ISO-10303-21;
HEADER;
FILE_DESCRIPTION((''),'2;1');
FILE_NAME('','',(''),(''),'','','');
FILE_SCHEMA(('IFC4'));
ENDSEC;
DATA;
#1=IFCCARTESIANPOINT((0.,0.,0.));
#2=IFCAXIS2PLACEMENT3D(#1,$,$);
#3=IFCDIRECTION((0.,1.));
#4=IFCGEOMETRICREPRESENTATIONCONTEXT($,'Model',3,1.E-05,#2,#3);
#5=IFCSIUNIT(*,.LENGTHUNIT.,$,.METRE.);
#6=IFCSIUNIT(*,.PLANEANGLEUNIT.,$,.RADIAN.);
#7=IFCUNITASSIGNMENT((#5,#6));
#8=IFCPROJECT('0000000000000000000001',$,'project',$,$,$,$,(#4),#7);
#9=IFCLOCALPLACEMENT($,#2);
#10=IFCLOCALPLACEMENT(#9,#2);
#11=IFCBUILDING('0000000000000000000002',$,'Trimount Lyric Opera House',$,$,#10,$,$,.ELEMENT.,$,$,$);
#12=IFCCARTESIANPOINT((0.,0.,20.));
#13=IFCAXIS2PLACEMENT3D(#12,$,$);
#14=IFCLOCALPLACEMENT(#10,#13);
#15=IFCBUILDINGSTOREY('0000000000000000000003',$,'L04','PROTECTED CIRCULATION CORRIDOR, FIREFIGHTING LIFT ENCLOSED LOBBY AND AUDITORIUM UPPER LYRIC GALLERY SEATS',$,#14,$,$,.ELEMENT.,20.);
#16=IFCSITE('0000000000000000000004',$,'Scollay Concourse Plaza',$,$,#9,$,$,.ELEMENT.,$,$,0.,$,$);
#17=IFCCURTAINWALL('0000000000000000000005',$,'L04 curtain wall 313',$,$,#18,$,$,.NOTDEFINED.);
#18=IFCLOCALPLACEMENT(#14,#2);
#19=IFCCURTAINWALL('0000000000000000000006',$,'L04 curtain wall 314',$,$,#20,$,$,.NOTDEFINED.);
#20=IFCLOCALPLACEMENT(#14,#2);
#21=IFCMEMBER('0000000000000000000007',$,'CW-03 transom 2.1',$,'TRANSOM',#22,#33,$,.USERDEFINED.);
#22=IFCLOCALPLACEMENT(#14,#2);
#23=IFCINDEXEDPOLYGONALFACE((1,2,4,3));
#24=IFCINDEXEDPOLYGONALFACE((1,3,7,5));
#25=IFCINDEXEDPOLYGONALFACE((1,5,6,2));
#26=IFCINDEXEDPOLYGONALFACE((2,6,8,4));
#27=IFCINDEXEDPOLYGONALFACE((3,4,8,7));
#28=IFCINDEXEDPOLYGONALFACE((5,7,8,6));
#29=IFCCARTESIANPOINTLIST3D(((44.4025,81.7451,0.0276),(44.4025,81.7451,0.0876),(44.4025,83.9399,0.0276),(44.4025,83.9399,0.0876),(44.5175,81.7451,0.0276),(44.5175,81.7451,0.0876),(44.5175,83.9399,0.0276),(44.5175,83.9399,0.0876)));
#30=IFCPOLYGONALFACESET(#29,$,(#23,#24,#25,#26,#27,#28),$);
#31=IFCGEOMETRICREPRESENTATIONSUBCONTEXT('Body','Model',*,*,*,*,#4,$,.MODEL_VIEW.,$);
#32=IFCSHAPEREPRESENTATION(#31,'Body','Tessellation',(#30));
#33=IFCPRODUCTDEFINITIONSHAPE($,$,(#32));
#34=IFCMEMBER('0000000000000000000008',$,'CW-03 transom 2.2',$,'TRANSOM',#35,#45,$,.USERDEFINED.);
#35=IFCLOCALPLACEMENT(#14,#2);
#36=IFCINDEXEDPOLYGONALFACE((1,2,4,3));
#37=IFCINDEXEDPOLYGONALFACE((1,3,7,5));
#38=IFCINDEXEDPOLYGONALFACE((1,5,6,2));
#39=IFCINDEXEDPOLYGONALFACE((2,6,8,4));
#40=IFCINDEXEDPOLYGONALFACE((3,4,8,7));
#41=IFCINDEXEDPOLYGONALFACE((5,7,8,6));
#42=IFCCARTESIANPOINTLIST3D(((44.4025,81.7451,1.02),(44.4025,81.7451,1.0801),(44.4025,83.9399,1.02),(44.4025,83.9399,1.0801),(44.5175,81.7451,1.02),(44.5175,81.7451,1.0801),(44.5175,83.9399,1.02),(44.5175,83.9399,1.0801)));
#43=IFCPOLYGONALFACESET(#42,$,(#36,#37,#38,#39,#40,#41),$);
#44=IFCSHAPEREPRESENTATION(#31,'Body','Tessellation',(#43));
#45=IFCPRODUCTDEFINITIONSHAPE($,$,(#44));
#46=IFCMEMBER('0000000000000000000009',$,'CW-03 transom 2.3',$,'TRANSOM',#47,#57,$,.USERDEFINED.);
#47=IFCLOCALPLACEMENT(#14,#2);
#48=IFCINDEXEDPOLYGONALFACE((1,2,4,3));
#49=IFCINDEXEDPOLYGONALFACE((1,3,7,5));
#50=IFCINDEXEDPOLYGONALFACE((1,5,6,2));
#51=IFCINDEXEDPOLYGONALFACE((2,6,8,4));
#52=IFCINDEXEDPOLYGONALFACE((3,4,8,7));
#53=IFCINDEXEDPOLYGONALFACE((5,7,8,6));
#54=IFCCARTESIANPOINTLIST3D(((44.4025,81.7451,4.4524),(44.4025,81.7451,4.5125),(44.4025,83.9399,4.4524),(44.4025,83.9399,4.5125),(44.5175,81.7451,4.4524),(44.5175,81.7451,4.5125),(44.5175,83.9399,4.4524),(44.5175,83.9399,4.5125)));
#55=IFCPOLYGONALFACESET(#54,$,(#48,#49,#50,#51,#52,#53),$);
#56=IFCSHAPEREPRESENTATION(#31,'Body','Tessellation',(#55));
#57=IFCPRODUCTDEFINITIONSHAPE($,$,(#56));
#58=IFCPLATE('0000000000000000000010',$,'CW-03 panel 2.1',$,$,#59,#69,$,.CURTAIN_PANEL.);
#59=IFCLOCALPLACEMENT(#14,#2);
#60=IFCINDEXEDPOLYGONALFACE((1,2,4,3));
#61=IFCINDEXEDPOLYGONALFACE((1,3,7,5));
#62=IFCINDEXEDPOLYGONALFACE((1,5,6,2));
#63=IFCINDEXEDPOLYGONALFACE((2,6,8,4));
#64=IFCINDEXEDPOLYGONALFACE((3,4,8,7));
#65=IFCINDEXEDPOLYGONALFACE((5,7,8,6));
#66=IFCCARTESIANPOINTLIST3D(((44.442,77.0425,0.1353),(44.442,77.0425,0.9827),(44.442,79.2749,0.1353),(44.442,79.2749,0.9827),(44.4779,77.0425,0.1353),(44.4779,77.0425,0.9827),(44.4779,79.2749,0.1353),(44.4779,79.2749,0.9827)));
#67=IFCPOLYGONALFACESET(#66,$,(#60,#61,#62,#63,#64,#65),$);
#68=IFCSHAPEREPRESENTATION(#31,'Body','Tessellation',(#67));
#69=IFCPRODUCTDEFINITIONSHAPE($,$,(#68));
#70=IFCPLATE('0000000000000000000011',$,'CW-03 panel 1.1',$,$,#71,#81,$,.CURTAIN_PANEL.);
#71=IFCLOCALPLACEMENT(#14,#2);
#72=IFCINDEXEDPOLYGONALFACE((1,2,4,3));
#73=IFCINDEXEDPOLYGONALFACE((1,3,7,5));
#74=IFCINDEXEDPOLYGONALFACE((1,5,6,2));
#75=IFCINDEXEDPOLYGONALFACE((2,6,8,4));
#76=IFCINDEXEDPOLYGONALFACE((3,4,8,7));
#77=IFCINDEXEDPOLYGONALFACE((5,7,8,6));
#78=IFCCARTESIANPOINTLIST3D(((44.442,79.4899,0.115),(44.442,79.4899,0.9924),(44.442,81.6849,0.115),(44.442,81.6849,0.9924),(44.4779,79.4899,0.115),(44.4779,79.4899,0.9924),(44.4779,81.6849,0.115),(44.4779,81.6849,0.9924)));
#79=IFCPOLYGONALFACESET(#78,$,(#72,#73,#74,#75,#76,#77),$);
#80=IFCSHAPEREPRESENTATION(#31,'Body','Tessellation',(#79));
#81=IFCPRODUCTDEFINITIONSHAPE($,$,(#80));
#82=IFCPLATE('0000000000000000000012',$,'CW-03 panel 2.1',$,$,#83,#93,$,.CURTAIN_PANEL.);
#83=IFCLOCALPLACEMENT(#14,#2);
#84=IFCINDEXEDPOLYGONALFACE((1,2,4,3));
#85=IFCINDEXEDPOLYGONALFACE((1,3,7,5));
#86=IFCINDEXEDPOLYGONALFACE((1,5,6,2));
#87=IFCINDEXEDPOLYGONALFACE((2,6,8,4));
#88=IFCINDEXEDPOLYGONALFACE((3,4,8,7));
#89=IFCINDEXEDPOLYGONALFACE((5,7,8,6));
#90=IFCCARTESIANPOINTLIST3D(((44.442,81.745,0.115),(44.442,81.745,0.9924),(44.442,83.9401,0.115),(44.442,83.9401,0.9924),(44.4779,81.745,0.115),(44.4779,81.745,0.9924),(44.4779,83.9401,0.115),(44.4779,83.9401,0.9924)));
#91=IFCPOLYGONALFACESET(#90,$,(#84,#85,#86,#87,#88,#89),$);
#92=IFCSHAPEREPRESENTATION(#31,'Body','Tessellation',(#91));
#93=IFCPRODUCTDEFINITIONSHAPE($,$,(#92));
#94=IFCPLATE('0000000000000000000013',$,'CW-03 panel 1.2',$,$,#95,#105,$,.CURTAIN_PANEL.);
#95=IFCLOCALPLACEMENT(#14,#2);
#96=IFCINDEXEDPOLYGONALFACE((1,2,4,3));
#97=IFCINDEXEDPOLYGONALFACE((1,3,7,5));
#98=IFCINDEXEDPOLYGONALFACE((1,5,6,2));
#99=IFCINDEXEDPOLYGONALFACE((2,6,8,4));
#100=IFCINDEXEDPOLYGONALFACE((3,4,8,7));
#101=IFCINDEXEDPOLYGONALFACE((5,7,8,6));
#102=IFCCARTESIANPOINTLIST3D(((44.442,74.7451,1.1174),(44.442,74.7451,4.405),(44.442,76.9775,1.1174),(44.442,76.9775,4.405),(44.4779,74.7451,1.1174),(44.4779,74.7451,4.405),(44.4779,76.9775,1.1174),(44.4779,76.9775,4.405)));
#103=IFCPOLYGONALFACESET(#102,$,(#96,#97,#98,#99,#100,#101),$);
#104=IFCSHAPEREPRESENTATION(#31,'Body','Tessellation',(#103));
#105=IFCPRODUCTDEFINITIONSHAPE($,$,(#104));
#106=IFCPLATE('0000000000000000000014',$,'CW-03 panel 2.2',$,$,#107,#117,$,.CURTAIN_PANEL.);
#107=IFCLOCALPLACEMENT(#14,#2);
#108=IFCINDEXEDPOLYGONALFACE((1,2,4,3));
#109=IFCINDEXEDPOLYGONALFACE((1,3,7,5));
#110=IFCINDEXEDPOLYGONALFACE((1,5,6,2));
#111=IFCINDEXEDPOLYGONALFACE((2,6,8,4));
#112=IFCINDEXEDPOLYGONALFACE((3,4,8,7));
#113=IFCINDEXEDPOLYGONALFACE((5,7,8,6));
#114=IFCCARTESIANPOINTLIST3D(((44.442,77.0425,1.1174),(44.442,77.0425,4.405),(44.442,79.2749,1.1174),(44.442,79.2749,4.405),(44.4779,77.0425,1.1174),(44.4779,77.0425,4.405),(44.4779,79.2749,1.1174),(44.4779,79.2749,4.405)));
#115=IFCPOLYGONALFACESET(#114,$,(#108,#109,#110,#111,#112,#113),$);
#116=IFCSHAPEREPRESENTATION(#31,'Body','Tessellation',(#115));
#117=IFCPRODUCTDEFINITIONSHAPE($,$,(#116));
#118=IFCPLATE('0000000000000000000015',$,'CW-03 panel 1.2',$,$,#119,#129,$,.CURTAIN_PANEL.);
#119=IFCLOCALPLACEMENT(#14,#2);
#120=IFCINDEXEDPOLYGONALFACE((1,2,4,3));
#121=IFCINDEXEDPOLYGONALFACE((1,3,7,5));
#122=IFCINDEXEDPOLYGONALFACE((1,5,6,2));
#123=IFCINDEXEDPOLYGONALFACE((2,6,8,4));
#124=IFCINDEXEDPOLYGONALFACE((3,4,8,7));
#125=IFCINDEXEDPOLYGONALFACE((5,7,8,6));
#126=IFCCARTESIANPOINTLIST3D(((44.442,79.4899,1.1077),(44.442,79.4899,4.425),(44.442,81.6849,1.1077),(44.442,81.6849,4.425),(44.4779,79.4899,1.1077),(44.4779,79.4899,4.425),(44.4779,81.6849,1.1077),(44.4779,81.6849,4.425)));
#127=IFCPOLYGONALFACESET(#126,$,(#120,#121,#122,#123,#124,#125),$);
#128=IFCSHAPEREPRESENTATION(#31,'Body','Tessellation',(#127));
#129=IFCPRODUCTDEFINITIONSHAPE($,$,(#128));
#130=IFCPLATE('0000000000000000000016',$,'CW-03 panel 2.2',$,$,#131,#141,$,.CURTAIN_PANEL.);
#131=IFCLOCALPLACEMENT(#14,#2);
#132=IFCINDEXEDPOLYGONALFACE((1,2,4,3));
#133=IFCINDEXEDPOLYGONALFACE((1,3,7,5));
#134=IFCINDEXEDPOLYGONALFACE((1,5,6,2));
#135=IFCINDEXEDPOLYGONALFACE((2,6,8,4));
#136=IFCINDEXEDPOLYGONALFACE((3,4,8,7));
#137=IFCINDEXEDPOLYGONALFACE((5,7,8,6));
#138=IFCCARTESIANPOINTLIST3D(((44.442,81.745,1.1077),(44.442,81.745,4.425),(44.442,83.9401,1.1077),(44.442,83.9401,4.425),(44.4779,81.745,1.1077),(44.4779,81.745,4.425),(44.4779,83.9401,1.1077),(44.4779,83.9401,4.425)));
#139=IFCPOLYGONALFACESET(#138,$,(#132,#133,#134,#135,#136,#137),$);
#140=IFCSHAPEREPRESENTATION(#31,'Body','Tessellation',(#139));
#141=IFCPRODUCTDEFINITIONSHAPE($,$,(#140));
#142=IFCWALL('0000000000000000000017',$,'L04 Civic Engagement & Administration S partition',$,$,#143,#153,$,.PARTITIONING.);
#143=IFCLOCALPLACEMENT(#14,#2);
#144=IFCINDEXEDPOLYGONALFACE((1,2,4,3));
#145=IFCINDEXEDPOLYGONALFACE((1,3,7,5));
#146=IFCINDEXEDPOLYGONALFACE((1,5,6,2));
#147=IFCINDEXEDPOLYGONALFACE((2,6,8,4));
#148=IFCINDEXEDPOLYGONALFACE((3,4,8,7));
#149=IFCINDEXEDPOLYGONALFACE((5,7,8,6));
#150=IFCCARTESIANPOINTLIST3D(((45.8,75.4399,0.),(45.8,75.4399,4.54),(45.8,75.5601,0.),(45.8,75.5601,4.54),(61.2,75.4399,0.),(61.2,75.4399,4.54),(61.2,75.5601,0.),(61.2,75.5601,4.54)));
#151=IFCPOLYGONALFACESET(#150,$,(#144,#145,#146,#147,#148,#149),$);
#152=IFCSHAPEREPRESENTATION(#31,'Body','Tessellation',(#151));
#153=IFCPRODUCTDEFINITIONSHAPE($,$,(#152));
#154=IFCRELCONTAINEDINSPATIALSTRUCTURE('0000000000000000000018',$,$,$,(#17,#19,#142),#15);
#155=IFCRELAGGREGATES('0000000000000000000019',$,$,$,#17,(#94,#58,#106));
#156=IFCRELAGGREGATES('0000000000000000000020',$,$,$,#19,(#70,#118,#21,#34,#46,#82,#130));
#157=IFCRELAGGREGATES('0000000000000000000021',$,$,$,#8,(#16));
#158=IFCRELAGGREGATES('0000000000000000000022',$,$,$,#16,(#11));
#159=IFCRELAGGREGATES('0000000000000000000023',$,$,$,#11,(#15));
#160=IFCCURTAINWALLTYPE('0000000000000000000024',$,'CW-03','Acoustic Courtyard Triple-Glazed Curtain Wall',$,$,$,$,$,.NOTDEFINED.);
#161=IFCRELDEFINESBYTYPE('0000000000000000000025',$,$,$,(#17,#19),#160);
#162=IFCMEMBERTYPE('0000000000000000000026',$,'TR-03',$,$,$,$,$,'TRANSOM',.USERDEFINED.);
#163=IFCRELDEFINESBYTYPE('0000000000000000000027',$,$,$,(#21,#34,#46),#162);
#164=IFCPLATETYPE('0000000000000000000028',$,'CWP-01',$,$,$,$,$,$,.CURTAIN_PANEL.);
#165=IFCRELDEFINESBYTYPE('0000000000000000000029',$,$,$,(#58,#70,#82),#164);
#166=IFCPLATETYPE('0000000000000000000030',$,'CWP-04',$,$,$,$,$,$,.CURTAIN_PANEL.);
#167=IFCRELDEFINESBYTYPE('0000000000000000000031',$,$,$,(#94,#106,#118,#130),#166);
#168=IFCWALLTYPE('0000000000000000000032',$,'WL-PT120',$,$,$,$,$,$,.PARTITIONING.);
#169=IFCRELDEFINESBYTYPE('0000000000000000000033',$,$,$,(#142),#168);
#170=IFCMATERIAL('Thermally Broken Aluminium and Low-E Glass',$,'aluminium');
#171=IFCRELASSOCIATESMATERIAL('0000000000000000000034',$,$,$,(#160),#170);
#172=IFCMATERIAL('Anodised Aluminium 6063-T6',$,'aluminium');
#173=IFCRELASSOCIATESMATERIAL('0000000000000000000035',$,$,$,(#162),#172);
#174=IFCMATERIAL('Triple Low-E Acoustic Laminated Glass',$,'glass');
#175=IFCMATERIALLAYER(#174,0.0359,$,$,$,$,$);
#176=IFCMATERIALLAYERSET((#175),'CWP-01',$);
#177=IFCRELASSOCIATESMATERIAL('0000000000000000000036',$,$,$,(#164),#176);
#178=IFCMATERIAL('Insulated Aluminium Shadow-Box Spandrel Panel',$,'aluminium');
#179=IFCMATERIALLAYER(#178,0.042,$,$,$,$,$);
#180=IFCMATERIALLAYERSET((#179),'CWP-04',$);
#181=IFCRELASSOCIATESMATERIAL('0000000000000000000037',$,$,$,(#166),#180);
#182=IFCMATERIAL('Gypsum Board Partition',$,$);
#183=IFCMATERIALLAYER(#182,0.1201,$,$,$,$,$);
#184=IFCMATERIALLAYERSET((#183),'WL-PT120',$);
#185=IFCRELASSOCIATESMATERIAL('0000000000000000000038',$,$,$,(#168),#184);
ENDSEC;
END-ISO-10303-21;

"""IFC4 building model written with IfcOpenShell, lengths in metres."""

from ifc_helpers import new_model, si_unit, direction, frame, frame_2d, origin, origin_2d, place, context, subcontext, project, spatial, rectangle, extrude, material, layer, layer_set, material_profile, profile_set, type_object, element, aggregate, save


model = new_model("IFC4")

# Units and contexts
model_context = context("Model", 3, precision=1e-05, world=origin(), true_north=direction((0.0, 1.0)))
body_context = subcontext(model_context, "Body", "Model", "MODEL_VIEW")
ifc_project = project(units=[si_unit("LENGTHUNIT", "METRE"), si_unit("PLANEANGLEUNIT", "RADIAN")], contexts=[model_context])

# Site, building, storey
site_placement = place(None, origin())
site = spatial("IfcSite", under=ifc_project, at=site_placement, Name="Scollay Concourse Plaza", CompositionType="ELEMENT", RefElevation=0.0)
building_placement = place(site_placement, origin())
building = spatial("IfcBuilding", under=site, at=building_placement, Name="Trimount Lyric Opera House", CompositionType="ELEMENT")
storey_placement = place(building_placement, frame((0.0, 0.0, 20.0)))
storey = spatial("IfcBuildingStorey", under=building, at=storey_placement, Name="L04", Description="PROTECTED CIRCULATION CORRIDOR, FIREFIGHTING LIFT ENCLOSED LOBBY AND AUDITORIUM UPPER LYRIC GALLERY SEATS", CompositionType="ELEMENT", Elevation=20.0)

# Shared definitions
ifc_material_1 = material(Name="Thermally Broken Aluminium and Low-E Glass", Category="aluminium")
curtain_wall_type = type_object("IfcCurtainWallType", Name="CW-03", Description="Acoustic Courtyard Triple-Glazed Curtain Wall", PredefinedType="NOTDEFINED", material=ifc_material_1)

# Curtain walls
curtain_wall_1_placement = place(storey_placement, origin())
curtain_wall_1 = element("IfcCurtainWall", 1, at=curtain_wall_1_placement, inside=storey, type_object=curtain_wall_type, Name="L04 curtain wall 313", PredefinedType="NOTDEFINED")
curtain_wall_2_placement = place(storey_placement, origin())
curtain_wall_2 = element("IfcCurtainWall", 2, at=curtain_wall_2_placement, inside=storey, type_object=curtain_wall_type, Name="L04 curtain wall 314", PredefinedType="NOTDEFINED")

# Members
ifc_material_2 = material(Name="Anodised Aluminium 6063-T6", Category="aluminium")
ifc_material_profile_1 = material_profile(ifc_material_2, rectangle(XDim=0.115, YDim=0.0601, at=origin_2d()), Name="ALU-TRAN-60X115")
ifc_profile_set_1 = profile_set([ifc_material_profile_1], Name="Anodised Aluminium 6063-T6")
member_type_1 = type_object("IfcMemberType", Name="TR-03", ElementType="TRANSOM", PredefinedType="USERDEFINED", material=ifc_profile_set_1)
member_1_placement = place(storey_placement, frame((44.46, 81.7451, 0.0576), z_axis=(0.0, 1.0, 0.0), x_axis=(-1.0, 0.0, 0.0)))
member_1 = element("IfcMember", 3, at=member_1_placement, type_object=member_type_1, Name="CW-03 transom 2.1", ObjectType="TRANSOM", PredefinedType="USERDEFINED", context=body_context, shape_type="SweptSolid", body=[
    extrude(rectangle(XDim=0.115, YDim=0.0601, at=origin_2d()), origin(), (0.0, 0.0, 1.0), 2.1948),
])
member_2_placement = place(storey_placement, frame((44.46, 81.7451, 1.05), z_axis=(0.0, 1.0, 0.0), x_axis=(-1.0, 0.0, 0.0)))
member_2 = element("IfcMember", 4, at=member_2_placement, type_object=member_type_1, Name="CW-03 transom 2.2", ObjectType="TRANSOM", PredefinedType="USERDEFINED", context=body_context, shape_type="SweptSolid", body=[
    extrude(rectangle(XDim=0.115, YDim=0.0601, at=origin_2d()), origin(), (0.0, 0.0, 1.0), 2.1948),
])
member_3_placement = place(storey_placement, frame((44.46, 81.7451, 4.4824), z_axis=(0.0, 1.0, 0.0), x_axis=(-1.0, 0.0, 0.0)))
member_3 = element("IfcMember", 5, at=member_3_placement, type_object=member_type_1, Name="CW-03 transom 2.3", ObjectType="TRANSOM", PredefinedType="USERDEFINED", context=body_context, shape_type="SweptSolid", body=[
    extrude(rectangle(XDim=0.115, YDim=0.0601, at=origin_2d()), origin(), (0.0, 0.0, 1.0), 2.1948),
])

# Plates
ifc_material_3 = material(Name="Triple Low-E Acoustic Laminated Glass", Category="glass")
ifc_layer_1 = layer(ifc_material_3, 0.0359)
ifc_layer_set_1 = layer_set([ifc_layer_1], Name="CWP-01")
plate_type_1 = type_object("IfcPlateType", Name="CWP-01", PredefinedType="CURTAIN_PANEL", material=ifc_layer_set_1)
plate_1_placement = place(storey_placement, frame((44.46, 78.1587, 0.1353), z_axis=(0.0, 0.0, 1.0), x_axis=(0.0, 1.0, 0.0)))
plate_1 = element("IfcPlate", 6, at=plate_1_placement, type_object=plate_type_1, Name="CW-03 panel 2.1", PredefinedType="CURTAIN_PANEL", context=body_context, shape_type="SweptSolid", body=[
    extrude(rectangle(XDim=2.2324, YDim=0.0359, at=origin_2d()), origin(), (0.0, 0.0, 1.0), 0.8474),
])
plate_2_placement = place(storey_placement, frame((44.46, 80.5874, 0.115), z_axis=(0.0, 0.0, 1.0), x_axis=(0.0, 1.0, 0.0)))
plate_2 = element("IfcPlate", 7, at=plate_2_placement, type_object=plate_type_1, Name="CW-03 panel 1.1", PredefinedType="CURTAIN_PANEL", context=body_context, shape_type="SweptSolid", body=[
    extrude(rectangle(XDim=2.1951, YDim=0.0359, at=origin_2d()), origin(), (0.0, 0.0, 1.0), 0.8774),
])
plate_3_placement = place(storey_placement, frame((44.46, 82.8425, 0.115), z_axis=(0.0, 0.0, 1.0), x_axis=(0.0, 1.0, 0.0)))
plate_3 = element("IfcPlate", 8, at=plate_3_placement, type_object=plate_type_1, Name="CW-03 panel 2.1", PredefinedType="CURTAIN_PANEL", context=body_context, shape_type="SweptSolid", body=[
    extrude(rectangle(XDim=2.1951, YDim=0.0359, at=origin_2d()), origin(), (0.0, 0.0, 1.0), 0.8774),
])
ifc_material_4 = material(Name="Insulated Aluminium Shadow-Box Spandrel Panel", Category="aluminium")
ifc_layer_2 = layer(ifc_material_4, 0.042)
ifc_layer_set_2 = layer_set([ifc_layer_2], Name="CWP-04")
plate_type_2 = type_object("IfcPlateType", Name="CWP-04", PredefinedType="CURTAIN_PANEL", material=ifc_layer_set_2)
plate_4_placement = place(storey_placement, frame((44.46, 75.8613, 1.1174), z_axis=(0.0, 0.0, 1.0), x_axis=(0.0, 1.0, 0.0)))
plate_4 = element("IfcPlate", 9, at=plate_4_placement, type_object=plate_type_2, Name="CW-03 panel 1.2", PredefinedType="CURTAIN_PANEL", context=body_context, shape_type="SweptSolid", body=[
    extrude(rectangle(XDim=2.2324, YDim=0.0359, at=origin_2d()), origin(), (0.0, 0.0, 1.0), 3.2876),
])
plate_5_placement = place(storey_placement, frame((44.46, 78.1587, 1.1174), z_axis=(0.0, 0.0, 1.0), x_axis=(0.0, 1.0, 0.0)))
plate_5 = element("IfcPlate", 10, at=plate_5_placement, type_object=plate_type_2, Name="CW-03 panel 2.2", PredefinedType="CURTAIN_PANEL", context=body_context, shape_type="SweptSolid", body=[
    extrude(rectangle(XDim=2.2324, YDim=0.0359, at=origin_2d()), origin(), (0.0, 0.0, 1.0), 3.2876),
])
aggregate(curtain_wall_1, [plate_4, plate_1, plate_5])
plate_6_placement = place(storey_placement, frame((44.46, 80.5874, 1.1077), z_axis=(0.0, 0.0, 1.0), x_axis=(0.0, 1.0, 0.0)))
plate_6 = element("IfcPlate", 11, at=plate_6_placement, type_object=plate_type_2, Name="CW-03 panel 1.2", PredefinedType="CURTAIN_PANEL", context=body_context, shape_type="SweptSolid", body=[
    extrude(rectangle(XDim=2.1951, YDim=0.0359, at=origin_2d()), origin(), (0.0, 0.0, 1.0), 3.3174),
])
plate_7_placement = place(storey_placement, frame((44.46, 82.8425, 1.1077), z_axis=(0.0, 0.0, 1.0), x_axis=(0.0, 1.0, 0.0)))
plate_7 = element("IfcPlate", 12, at=plate_7_placement, type_object=plate_type_2, Name="CW-03 panel 2.2", PredefinedType="CURTAIN_PANEL", context=body_context, shape_type="SweptSolid", body=[
    extrude(rectangle(XDim=2.1951, YDim=0.0359, at=origin_2d()), origin(), (0.0, 0.0, 1.0), 3.3174),
])
aggregate(curtain_wall_2, [plate_2, plate_6, member_1, member_2, member_3, plate_3, plate_7])

# Wall
ifc_material_5 = material(Name="Gypsum Board Partition")
ifc_layer_3 = layer(ifc_material_5, 0.1201)
ifc_layer_set_3 = layer_set([ifc_layer_3], Name="WL-PT120")
wall_type = type_object("IfcWallType", Name="WL-PT120", PredefinedType="PARTITIONING", material=ifc_layer_set_3)
wall_placement = place(storey_placement, frame((45.8, 75.5, 0.0), z_axis=(0.0, 0.0, 1.0), x_axis=(1.0, 0.0, 0.0)))
element("IfcWall", 13, at=wall_placement, inside=storey, type_object=wall_type, Name="L04 Civic Engagement & Administration S partition", PredefinedType="PARTITIONING", context=body_context, shape_type="SweptSolid", body=[
    extrude(rectangle(XDim=15.3999, YDim=0.1201, at=frame_2d((7.7, 0.0))), origin(), (0.0, 0.0, 1.0), 4.54),
])

save(model, "model.ifc")
